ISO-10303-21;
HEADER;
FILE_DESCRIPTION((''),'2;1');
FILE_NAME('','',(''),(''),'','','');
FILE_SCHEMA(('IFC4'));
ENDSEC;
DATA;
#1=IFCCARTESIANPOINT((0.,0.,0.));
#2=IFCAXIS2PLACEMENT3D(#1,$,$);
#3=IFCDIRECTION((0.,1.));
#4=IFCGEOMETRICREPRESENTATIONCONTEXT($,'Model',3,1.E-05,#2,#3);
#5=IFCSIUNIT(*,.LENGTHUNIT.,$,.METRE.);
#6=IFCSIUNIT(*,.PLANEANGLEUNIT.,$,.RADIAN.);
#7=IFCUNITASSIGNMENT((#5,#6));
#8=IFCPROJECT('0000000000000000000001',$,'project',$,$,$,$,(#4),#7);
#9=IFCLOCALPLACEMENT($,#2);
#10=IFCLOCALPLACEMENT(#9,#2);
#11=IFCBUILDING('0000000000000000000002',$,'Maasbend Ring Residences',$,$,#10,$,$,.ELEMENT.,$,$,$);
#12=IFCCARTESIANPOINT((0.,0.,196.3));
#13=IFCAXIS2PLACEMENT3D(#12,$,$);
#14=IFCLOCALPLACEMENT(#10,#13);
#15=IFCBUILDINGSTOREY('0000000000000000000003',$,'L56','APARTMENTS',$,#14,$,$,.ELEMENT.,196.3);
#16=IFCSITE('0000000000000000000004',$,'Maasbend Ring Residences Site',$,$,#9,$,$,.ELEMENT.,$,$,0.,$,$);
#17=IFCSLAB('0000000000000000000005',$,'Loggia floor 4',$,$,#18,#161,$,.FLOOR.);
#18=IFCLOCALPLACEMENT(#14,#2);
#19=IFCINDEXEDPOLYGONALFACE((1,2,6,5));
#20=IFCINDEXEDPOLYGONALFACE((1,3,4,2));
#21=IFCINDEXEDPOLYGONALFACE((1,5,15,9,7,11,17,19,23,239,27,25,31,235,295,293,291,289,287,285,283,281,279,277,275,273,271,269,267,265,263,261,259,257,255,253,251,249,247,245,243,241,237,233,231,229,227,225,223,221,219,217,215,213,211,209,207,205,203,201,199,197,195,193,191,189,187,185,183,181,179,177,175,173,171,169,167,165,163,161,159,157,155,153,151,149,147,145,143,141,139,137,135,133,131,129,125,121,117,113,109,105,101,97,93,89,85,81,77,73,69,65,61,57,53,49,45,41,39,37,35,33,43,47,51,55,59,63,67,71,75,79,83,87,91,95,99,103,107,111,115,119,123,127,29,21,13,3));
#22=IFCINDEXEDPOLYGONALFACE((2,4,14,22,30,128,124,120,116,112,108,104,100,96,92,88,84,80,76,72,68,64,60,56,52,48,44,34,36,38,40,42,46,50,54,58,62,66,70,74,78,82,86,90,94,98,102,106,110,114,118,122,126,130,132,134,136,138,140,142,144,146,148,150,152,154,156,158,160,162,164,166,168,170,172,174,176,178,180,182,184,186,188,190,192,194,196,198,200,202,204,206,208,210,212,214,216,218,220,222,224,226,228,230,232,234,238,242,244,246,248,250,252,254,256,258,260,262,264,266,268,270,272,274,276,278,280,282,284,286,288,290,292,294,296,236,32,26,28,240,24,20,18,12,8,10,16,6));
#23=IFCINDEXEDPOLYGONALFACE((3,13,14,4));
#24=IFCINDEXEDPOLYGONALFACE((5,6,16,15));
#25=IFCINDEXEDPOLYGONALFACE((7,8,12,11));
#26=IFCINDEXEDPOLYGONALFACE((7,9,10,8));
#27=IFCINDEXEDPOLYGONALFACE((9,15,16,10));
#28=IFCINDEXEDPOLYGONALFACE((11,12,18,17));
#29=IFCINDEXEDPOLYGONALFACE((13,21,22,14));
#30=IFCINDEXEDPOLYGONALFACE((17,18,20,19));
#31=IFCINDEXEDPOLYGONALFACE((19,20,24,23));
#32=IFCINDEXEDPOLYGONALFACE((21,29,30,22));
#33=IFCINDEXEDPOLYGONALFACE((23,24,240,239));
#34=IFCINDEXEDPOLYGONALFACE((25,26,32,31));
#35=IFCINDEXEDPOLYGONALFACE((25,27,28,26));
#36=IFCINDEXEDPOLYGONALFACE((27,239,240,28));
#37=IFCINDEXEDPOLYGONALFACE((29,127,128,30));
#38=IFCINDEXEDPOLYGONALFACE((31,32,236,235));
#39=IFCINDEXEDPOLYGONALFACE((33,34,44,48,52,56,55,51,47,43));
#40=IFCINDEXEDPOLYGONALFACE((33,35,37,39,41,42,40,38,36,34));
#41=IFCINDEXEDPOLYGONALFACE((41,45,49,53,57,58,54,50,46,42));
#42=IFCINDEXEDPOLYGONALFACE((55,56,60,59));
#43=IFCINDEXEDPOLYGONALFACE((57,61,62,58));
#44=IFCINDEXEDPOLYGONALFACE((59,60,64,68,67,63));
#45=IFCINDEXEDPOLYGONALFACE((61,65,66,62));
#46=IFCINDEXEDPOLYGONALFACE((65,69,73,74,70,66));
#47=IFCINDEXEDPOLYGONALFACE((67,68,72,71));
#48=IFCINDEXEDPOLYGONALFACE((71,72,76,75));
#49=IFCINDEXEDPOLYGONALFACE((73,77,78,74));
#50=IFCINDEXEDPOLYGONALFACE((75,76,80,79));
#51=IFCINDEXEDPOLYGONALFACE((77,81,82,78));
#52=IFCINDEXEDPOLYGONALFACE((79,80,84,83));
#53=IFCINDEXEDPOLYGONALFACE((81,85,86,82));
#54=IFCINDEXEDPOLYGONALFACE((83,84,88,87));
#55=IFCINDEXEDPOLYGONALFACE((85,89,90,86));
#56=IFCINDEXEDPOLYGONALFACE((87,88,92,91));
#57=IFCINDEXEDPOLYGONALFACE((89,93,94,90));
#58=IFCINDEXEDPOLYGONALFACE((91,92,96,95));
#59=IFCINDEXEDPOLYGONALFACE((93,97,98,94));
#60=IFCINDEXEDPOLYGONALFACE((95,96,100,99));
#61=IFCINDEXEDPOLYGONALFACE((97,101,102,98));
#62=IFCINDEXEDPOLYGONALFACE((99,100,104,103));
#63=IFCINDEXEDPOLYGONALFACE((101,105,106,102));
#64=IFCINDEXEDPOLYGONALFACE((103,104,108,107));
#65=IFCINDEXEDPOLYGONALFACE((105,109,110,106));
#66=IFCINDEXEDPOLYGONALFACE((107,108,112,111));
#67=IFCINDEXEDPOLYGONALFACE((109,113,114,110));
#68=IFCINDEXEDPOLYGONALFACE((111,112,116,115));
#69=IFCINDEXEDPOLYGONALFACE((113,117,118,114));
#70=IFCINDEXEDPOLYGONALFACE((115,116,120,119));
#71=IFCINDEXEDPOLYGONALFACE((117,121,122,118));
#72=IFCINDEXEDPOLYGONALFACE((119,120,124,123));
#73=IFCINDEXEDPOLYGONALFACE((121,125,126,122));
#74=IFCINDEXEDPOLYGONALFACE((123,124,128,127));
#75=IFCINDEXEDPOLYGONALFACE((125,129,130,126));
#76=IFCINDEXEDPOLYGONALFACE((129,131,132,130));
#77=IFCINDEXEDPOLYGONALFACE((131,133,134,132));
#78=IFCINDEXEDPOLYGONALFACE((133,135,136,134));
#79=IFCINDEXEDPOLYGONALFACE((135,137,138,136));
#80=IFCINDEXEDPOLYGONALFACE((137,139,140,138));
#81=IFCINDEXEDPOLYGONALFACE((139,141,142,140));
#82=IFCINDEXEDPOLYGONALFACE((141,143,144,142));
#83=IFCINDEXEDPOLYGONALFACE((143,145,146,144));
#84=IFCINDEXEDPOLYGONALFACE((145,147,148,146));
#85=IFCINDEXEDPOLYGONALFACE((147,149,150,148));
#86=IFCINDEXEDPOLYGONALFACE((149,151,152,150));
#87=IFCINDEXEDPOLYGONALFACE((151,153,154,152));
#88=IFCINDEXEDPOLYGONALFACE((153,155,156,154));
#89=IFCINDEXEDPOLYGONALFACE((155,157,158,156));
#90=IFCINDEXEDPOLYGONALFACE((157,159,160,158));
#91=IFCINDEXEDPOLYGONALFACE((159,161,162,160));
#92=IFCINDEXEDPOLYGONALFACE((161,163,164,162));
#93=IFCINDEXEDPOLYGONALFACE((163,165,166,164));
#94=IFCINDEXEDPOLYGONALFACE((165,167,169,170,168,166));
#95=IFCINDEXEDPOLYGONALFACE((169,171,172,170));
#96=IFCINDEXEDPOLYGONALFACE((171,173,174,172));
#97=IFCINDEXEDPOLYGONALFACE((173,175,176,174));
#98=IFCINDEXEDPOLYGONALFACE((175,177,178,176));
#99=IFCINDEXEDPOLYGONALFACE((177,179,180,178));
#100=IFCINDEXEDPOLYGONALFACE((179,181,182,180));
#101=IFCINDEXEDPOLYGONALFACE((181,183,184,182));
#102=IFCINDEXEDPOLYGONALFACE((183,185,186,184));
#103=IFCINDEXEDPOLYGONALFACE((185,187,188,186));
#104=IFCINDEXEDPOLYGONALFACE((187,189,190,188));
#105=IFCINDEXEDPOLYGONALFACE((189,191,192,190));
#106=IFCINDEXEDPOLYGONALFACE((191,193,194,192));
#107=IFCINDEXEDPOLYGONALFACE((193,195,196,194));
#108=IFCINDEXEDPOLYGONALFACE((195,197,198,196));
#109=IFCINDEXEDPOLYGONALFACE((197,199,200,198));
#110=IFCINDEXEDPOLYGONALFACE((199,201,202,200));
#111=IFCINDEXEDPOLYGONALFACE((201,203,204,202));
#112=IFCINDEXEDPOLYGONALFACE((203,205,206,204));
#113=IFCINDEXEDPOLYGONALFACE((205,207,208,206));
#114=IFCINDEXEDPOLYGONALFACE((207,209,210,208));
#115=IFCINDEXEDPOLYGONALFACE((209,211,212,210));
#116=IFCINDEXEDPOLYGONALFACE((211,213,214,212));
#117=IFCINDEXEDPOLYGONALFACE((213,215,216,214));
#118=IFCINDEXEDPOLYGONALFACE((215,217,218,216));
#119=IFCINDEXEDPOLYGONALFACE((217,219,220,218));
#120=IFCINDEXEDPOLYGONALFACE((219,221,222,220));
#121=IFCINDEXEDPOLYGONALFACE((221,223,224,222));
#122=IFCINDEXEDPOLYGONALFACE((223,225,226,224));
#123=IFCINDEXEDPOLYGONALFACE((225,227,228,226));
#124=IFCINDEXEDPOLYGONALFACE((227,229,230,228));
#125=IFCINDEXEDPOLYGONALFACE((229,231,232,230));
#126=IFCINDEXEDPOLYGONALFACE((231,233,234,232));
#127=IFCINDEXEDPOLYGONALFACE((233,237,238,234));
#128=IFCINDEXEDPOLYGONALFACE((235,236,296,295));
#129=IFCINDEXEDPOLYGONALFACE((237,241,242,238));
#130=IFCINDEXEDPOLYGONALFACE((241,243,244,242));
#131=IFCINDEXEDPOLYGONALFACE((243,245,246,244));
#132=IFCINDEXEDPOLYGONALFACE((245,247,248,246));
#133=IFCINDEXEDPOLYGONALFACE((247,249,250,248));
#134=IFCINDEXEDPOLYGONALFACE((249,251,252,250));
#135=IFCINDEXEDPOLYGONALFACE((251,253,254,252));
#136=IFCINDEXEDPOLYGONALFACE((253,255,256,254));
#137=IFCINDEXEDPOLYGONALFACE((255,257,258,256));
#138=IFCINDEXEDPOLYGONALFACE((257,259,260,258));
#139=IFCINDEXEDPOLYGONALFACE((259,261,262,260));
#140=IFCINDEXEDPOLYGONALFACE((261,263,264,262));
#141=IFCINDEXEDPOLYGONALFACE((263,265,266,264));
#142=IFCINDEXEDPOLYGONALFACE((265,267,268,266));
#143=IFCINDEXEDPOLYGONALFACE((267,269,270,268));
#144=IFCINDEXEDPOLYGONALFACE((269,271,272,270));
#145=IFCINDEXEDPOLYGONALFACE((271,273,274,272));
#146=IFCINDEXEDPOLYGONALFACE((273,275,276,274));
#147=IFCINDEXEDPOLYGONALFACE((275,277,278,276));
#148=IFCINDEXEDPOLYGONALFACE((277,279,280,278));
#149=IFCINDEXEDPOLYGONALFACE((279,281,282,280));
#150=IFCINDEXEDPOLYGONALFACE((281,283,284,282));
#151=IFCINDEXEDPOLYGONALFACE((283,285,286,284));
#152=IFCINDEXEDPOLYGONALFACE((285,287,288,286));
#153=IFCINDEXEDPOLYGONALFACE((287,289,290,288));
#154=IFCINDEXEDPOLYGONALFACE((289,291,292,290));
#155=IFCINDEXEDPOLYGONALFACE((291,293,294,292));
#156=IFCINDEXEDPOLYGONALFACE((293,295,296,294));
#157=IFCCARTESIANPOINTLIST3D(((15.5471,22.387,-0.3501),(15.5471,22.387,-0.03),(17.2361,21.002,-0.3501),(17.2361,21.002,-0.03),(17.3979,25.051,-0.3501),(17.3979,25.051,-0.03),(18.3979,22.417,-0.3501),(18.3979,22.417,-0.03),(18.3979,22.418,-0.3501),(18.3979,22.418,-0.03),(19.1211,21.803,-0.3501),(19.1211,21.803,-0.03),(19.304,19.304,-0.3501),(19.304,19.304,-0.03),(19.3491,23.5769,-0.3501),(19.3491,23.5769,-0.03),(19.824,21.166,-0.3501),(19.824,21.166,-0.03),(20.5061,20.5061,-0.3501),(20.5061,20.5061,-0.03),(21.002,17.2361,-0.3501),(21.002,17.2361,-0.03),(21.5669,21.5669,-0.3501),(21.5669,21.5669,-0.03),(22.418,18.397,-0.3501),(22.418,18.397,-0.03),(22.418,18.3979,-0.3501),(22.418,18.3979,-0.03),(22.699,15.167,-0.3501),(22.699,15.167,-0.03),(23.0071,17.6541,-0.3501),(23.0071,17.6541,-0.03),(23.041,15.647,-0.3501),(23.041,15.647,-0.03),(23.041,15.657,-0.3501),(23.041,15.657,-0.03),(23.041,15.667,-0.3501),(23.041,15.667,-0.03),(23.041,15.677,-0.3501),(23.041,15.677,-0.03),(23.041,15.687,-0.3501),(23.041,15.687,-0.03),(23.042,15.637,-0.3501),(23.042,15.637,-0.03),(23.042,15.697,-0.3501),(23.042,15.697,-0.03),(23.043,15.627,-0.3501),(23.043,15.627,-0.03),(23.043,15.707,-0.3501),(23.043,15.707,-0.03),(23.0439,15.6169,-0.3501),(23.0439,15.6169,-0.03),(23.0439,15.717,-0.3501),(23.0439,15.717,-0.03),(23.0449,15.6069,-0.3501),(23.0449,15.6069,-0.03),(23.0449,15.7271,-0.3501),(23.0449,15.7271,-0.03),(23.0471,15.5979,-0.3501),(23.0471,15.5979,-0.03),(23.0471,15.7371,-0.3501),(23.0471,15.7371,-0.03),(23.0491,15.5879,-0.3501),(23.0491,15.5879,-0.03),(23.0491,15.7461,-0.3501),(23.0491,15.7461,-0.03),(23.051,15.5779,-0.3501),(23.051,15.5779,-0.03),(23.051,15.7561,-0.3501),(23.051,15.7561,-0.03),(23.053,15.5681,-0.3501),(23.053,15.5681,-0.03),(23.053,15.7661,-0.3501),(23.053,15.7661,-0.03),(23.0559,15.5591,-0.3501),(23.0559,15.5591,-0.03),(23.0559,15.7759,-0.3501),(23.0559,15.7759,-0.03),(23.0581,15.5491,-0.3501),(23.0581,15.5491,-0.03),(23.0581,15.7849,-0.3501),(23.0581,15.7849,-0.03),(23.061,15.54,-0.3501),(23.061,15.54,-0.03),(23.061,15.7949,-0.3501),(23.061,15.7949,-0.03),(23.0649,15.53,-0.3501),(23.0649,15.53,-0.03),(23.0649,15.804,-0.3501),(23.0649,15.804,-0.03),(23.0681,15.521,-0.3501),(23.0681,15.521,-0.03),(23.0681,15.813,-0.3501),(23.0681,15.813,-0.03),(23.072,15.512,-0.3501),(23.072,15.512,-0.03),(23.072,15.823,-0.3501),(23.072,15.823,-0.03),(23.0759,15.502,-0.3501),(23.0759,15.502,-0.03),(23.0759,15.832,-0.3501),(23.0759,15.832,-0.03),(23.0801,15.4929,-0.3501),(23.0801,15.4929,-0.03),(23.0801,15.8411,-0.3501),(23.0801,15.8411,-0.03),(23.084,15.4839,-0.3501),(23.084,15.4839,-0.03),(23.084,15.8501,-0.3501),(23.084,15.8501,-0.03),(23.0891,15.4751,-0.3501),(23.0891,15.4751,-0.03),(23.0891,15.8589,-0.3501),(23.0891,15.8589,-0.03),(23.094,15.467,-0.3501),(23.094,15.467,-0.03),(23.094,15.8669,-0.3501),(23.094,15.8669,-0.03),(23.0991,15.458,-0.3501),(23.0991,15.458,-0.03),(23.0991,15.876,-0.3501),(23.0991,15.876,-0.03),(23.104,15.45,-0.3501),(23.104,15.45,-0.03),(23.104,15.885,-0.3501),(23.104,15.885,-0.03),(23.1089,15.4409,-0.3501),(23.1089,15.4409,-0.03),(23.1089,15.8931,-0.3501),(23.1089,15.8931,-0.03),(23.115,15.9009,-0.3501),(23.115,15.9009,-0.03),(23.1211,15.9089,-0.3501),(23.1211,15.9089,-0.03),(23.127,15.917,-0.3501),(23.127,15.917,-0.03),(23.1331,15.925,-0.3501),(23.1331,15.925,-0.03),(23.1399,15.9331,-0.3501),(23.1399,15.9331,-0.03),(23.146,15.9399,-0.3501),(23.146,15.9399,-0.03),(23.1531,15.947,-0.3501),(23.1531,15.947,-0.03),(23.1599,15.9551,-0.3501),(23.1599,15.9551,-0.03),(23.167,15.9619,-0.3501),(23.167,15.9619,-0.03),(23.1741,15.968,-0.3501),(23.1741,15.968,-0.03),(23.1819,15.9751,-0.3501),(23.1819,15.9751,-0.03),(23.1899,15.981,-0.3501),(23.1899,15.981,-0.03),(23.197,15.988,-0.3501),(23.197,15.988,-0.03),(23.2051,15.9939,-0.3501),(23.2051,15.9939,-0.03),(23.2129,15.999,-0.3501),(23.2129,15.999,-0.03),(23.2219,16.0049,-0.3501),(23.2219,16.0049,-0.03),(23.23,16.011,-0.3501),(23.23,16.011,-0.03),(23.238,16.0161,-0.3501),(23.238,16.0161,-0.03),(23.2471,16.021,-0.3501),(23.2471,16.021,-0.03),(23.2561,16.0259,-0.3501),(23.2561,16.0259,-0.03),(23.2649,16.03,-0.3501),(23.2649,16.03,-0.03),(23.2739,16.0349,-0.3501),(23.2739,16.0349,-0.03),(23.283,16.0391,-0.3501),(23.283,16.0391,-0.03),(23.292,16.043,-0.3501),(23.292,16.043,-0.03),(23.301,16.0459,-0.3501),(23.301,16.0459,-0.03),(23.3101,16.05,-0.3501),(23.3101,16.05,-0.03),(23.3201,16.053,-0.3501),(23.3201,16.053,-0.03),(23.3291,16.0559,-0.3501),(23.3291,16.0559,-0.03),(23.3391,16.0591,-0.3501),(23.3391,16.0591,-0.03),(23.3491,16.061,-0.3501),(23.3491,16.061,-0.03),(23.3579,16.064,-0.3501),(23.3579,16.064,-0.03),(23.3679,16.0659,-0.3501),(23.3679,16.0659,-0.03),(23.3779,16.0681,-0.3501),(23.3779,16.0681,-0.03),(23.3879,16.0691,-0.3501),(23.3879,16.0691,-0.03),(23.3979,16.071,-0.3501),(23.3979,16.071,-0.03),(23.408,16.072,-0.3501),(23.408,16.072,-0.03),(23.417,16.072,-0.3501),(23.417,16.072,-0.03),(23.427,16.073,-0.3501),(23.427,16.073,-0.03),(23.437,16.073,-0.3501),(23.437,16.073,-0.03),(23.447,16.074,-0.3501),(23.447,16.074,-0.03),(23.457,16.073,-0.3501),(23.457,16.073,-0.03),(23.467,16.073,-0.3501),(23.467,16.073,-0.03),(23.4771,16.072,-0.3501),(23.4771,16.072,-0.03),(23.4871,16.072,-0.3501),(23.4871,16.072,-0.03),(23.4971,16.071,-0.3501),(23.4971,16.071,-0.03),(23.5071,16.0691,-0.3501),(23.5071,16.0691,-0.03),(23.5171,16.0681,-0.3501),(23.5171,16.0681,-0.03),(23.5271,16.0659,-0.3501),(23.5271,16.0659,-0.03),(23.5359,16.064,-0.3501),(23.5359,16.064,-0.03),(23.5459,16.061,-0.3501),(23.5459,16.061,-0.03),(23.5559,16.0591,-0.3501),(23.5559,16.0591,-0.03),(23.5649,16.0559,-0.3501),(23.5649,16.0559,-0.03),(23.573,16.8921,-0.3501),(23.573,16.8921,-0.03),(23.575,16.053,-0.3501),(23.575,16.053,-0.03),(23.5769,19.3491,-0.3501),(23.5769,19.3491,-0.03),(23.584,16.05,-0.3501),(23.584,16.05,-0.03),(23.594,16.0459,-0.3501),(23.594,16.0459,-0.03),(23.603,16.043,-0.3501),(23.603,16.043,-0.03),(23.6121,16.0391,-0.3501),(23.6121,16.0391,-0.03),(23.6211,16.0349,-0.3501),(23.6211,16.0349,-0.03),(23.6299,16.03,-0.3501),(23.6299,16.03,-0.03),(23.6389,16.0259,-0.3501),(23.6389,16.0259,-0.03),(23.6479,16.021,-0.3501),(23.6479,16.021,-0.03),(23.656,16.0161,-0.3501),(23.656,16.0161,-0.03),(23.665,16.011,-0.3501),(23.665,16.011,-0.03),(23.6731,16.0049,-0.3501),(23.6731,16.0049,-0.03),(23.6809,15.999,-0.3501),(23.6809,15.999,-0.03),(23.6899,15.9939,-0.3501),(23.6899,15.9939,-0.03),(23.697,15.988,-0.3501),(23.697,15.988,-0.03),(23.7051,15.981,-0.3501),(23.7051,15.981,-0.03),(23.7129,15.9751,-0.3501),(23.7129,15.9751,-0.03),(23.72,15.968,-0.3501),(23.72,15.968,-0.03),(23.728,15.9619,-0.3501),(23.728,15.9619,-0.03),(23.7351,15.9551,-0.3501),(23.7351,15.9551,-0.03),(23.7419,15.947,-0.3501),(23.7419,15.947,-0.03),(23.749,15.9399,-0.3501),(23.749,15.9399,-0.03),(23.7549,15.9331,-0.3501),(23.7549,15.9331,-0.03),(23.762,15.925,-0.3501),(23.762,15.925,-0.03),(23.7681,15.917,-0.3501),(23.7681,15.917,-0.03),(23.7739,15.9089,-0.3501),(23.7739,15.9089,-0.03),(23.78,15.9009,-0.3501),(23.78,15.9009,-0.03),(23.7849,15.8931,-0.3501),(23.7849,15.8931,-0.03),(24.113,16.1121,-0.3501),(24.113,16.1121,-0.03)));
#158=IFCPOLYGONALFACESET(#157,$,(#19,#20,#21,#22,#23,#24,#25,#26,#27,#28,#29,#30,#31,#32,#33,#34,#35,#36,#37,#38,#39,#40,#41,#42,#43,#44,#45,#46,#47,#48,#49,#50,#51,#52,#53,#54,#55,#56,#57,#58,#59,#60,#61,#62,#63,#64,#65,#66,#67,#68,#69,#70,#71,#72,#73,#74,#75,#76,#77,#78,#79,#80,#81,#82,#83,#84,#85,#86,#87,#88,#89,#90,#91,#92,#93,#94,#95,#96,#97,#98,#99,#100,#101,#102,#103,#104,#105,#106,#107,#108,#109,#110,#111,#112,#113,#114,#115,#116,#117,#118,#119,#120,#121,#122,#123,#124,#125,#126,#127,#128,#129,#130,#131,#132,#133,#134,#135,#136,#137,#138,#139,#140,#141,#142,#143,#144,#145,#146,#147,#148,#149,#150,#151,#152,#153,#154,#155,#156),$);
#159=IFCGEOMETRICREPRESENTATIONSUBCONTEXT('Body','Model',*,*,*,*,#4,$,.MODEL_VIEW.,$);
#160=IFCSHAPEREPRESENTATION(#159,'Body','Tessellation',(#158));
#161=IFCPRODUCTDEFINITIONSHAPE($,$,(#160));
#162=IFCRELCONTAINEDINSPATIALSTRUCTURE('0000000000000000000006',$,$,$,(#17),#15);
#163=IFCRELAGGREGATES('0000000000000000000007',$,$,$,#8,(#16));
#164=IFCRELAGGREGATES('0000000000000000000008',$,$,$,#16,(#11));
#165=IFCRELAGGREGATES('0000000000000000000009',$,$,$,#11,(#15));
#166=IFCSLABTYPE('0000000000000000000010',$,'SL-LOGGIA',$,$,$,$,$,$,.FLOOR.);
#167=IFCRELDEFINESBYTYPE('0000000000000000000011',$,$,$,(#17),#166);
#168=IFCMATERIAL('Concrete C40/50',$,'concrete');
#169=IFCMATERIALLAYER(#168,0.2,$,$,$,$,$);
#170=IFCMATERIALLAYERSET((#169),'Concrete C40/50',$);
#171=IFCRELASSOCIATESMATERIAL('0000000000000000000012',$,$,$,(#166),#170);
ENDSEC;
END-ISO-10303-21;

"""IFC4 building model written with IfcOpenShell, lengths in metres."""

from ifc_helpers import new_model, si_unit, direction, frame, origin, place, context, subcontext, project, spatial, polyline, outline, extrude, material, layer, layer_set, type_object, element, save


model = new_model("IFC4")

# Units and contexts
model_context = context("Model", 3, precision=1e-05, world=origin(), true_north=direction((0.0, 1.0)))
body_context = subcontext(model_context, "Body", "Model", "MODEL_VIEW")
ifc_project = project(units=[si_unit("LENGTHUNIT", "METRE"), si_unit("PLANEANGLEUNIT", "RADIAN")], contexts=[model_context])

# Site, building, storey
site_placement = place(None, origin())
site = spatial("IfcSite", under=ifc_project, at=site_placement, Name="Maasbend Ring Residences Site", CompositionType="ELEMENT", RefElevation=0.0)
building_placement = place(site_placement, origin())
building = spatial("IfcBuilding", under=site, at=building_placement, Name="Maasbend Ring Residences", CompositionType="ELEMENT")
storey_placement = place(building_placement, frame((0.0, 0.0, 196.3)))
storey = spatial("IfcBuildingStorey", under=building, at=storey_placement, Name="L56", Description="APARTMENTS", CompositionType="ELEMENT", Elevation=196.3)

# Slab
ifc_material_1 = material(Name="Concrete C40/50", Category="concrete")
ifc_layer_1 = layer(ifc_material_1, 0.2)
ifc_layer_set_1 = layer_set([ifc_layer_1], Name="Concrete C40/50")
slab_type_1 = type_object("IfcSlabType", Name="SL-LOGGIA", PredefinedType="FLOOR", material=ifc_layer_set_1)
slab_1_placement = place(storey_placement, frame((0.0, 0.0, -0.3501)))
element("IfcSlab", 1, at=slab_1_placement, inside=storey, type_object=slab_type_1, Name="Loggia floor 4", PredefinedType="FLOOR", context=body_context, shape_type="SweptSolid", body=[
    extrude(outline(polyline([(19.3491, 23.5769), (19.3491, 23.5769), (19.3491, 23.5769), (18.3979, 22.418), (18.3979, 22.418), (18.3979, 22.418), (18.3979, 22.418), (18.3979, 22.418), (18.3979, 22.417), (18.3979, 22.417), (18.3979, 22.417), (18.3979, 22.417), (18.3979, 22.417), (18.3979, 22.417), (18.3979, 22.417), (18.3979, 22.417), (18.3979, 22.417), (18.3979, 22.417), (18.3979, 22.417), (18.3979, 22.417), (19.1211, 21.803), (19.1211, 21.803), (19.824, 21.166), (19.824, 21.166), (20.5061, 20.5061), (20.5061, 20.5061), (20.5061, 20.5061), (20.5061, 20.5061), (20.5061, 20.5061), (20.5061, 20.5061), (20.5061, 20.5061), (20.5061, 20.5061), (20.5061, 20.5061), (20.5061, 20.5061), (20.5061, 20.5061), (20.5061, 20.5061), (20.5061, 20.5061), (20.5061, 20.5061), (20.5061, 20.5061), (20.5061, 20.5061), (20.5061, 20.5061), (21.5669, 21.5669), (21.5669, 21.5669), (21.5669, 21.5669), (23.5769, 19.3491), (23.5769, 19.3491), (23.5769, 19.3491), (22.418, 18.3979), (22.418, 18.3979), (22.418, 18.3979), (22.418, 18.3979), (22.418, 18.3979), (22.418, 18.3979), (22.418, 18.397), (22.418, 18.397), (22.418, 18.397), (22.418, 18.397), (22.418, 18.397), (22.418, 18.397), (22.418, 18.397), (22.418, 18.397), (22.418, 18.397), (22.418, 18.397), (22.418, 18.397), (23.0071, 17.6541), (23.0071, 17.6541), (23.573, 16.8921), (23.573, 16.8921), (24.113, 16.1121), (24.113, 16.1121), (24.113, 16.1121), (23.7849, 15.8931), (23.7849, 15.8931), (23.78, 15.9009), (23.7739, 15.9089), (23.7681, 15.917), (23.762, 15.925), (23.7549, 15.9331), (23.749, 15.9399), (23.7419, 15.947), (23.7351, 15.9551), (23.728, 15.9619), (23.72, 15.968), (23.7129, 15.9751), (23.7051, 15.981), (23.697, 15.988), (23.6899, 15.9939), (23.6809, 15.999), (23.6731, 16.0049), (23.665, 16.011), (23.656, 16.0161), (23.6479, 16.021), (23.6389, 16.0259), (23.6299, 16.03), (23.6211, 16.0349), (23.6121, 16.0391), (23.603, 16.043), (23.594, 16.0459), (23.584, 16.05), (23.575, 16.053), (23.5649, 16.0559), (23.5559, 16.0591), (23.5459, 16.061), (23.5359, 16.064), (23.5271, 16.0659), (23.5171, 16.0681), (23.5071, 16.0691), (23.4971, 16.071), (23.4871, 16.072), (23.4771, 16.072), (23.467, 16.073), (23.457, 16.073), (23.447, 16.074), (23.437, 16.073), (23.427, 16.073), (23.417, 16.072), (23.408, 16.072), (23.3979, 16.071), (23.3879, 16.0691), (23.3779, 16.0681), (23.3679, 16.0659), (23.3579, 16.064), (23.3491, 16.061), (23.3391, 16.0591), (23.3291, 16.0559), (23.3201, 16.053), (23.3101, 16.05), (23.301, 16.0459), (23.292, 16.043), (23.283, 16.0391), (23.2739, 16.0349), (23.2649, 16.03), (23.2561, 16.0259), (23.2471, 16.021), (23.238, 16.0161), (23.23, 16.011), (23.2219, 16.0049), (23.2129, 15.999), (23.2051, 15.9939), (23.197, 15.988), (23.1899, 15.981), (23.1819, 15.9751), (23.1741, 15.968), (23.167, 15.9619), (23.1599, 15.9551), (23.1531, 15.947), (23.146, 15.9399), (23.1399, 15.9331), (23.1331, 15.925), (23.127, 15.917), (23.1211, 15.9089), (23.115, 15.9009), (23.1089, 15.8931), (23.104, 15.885), (23.0991, 15.876), (23.094, 15.8669), (23.0891, 15.8589), (23.084, 15.8501), (23.0801, 15.8411), (23.0759, 15.832), (23.072, 15.823), (23.0681, 15.813), (23.0649, 15.804), (23.061, 15.7949), (23.0581, 15.7849), (23.0559, 15.7759), (23.053, 15.7661), (23.051, 15.7561), (23.0491, 15.7461), (23.0471, 15.7371), (23.0449, 15.7271), (23.0439, 15.717), (23.043, 15.707), (23.042, 15.697), (23.041, 15.687), (23.041, 15.677), (23.041, 15.667), (23.041, 15.657), (23.041, 15.647), (23.042, 15.637), (23.043, 15.627), (23.0439, 15.6169), (23.0449, 15.6069), (23.0471, 15.5979), (23.0491, 15.5879), (23.051, 15.5779), (23.053, 15.5681), (23.0559, 15.5591), (23.0581, 15.5491), (23.061, 15.54), (23.0649, 15.53), (23.0681, 15.521), (23.072, 15.512), (23.0759, 15.502), (23.0801, 15.4929), (23.084, 15.4839), (23.0891, 15.4751), (23.094, 15.467), (23.0991, 15.458), (23.104, 15.45), (23.1089, 15.4409), (23.1089, 15.4409), (22.699, 15.167), (22.699, 15.167), (22.699, 15.167), (21.002, 17.2361), (19.304, 19.304), (19.304, 19.304), (19.304, 19.304), (17.2361, 21.002), (15.5471, 22.387), (15.5471, 22.387), (15.5471, 22.387), (17.3979, 25.051), (17.3979, 25.051), (17.3979, 25.051), (19.3491, 23.5769)])), origin(), (0.0, 0.0, 1.0), 0.3201),
])

save(model, "model.ifc")
